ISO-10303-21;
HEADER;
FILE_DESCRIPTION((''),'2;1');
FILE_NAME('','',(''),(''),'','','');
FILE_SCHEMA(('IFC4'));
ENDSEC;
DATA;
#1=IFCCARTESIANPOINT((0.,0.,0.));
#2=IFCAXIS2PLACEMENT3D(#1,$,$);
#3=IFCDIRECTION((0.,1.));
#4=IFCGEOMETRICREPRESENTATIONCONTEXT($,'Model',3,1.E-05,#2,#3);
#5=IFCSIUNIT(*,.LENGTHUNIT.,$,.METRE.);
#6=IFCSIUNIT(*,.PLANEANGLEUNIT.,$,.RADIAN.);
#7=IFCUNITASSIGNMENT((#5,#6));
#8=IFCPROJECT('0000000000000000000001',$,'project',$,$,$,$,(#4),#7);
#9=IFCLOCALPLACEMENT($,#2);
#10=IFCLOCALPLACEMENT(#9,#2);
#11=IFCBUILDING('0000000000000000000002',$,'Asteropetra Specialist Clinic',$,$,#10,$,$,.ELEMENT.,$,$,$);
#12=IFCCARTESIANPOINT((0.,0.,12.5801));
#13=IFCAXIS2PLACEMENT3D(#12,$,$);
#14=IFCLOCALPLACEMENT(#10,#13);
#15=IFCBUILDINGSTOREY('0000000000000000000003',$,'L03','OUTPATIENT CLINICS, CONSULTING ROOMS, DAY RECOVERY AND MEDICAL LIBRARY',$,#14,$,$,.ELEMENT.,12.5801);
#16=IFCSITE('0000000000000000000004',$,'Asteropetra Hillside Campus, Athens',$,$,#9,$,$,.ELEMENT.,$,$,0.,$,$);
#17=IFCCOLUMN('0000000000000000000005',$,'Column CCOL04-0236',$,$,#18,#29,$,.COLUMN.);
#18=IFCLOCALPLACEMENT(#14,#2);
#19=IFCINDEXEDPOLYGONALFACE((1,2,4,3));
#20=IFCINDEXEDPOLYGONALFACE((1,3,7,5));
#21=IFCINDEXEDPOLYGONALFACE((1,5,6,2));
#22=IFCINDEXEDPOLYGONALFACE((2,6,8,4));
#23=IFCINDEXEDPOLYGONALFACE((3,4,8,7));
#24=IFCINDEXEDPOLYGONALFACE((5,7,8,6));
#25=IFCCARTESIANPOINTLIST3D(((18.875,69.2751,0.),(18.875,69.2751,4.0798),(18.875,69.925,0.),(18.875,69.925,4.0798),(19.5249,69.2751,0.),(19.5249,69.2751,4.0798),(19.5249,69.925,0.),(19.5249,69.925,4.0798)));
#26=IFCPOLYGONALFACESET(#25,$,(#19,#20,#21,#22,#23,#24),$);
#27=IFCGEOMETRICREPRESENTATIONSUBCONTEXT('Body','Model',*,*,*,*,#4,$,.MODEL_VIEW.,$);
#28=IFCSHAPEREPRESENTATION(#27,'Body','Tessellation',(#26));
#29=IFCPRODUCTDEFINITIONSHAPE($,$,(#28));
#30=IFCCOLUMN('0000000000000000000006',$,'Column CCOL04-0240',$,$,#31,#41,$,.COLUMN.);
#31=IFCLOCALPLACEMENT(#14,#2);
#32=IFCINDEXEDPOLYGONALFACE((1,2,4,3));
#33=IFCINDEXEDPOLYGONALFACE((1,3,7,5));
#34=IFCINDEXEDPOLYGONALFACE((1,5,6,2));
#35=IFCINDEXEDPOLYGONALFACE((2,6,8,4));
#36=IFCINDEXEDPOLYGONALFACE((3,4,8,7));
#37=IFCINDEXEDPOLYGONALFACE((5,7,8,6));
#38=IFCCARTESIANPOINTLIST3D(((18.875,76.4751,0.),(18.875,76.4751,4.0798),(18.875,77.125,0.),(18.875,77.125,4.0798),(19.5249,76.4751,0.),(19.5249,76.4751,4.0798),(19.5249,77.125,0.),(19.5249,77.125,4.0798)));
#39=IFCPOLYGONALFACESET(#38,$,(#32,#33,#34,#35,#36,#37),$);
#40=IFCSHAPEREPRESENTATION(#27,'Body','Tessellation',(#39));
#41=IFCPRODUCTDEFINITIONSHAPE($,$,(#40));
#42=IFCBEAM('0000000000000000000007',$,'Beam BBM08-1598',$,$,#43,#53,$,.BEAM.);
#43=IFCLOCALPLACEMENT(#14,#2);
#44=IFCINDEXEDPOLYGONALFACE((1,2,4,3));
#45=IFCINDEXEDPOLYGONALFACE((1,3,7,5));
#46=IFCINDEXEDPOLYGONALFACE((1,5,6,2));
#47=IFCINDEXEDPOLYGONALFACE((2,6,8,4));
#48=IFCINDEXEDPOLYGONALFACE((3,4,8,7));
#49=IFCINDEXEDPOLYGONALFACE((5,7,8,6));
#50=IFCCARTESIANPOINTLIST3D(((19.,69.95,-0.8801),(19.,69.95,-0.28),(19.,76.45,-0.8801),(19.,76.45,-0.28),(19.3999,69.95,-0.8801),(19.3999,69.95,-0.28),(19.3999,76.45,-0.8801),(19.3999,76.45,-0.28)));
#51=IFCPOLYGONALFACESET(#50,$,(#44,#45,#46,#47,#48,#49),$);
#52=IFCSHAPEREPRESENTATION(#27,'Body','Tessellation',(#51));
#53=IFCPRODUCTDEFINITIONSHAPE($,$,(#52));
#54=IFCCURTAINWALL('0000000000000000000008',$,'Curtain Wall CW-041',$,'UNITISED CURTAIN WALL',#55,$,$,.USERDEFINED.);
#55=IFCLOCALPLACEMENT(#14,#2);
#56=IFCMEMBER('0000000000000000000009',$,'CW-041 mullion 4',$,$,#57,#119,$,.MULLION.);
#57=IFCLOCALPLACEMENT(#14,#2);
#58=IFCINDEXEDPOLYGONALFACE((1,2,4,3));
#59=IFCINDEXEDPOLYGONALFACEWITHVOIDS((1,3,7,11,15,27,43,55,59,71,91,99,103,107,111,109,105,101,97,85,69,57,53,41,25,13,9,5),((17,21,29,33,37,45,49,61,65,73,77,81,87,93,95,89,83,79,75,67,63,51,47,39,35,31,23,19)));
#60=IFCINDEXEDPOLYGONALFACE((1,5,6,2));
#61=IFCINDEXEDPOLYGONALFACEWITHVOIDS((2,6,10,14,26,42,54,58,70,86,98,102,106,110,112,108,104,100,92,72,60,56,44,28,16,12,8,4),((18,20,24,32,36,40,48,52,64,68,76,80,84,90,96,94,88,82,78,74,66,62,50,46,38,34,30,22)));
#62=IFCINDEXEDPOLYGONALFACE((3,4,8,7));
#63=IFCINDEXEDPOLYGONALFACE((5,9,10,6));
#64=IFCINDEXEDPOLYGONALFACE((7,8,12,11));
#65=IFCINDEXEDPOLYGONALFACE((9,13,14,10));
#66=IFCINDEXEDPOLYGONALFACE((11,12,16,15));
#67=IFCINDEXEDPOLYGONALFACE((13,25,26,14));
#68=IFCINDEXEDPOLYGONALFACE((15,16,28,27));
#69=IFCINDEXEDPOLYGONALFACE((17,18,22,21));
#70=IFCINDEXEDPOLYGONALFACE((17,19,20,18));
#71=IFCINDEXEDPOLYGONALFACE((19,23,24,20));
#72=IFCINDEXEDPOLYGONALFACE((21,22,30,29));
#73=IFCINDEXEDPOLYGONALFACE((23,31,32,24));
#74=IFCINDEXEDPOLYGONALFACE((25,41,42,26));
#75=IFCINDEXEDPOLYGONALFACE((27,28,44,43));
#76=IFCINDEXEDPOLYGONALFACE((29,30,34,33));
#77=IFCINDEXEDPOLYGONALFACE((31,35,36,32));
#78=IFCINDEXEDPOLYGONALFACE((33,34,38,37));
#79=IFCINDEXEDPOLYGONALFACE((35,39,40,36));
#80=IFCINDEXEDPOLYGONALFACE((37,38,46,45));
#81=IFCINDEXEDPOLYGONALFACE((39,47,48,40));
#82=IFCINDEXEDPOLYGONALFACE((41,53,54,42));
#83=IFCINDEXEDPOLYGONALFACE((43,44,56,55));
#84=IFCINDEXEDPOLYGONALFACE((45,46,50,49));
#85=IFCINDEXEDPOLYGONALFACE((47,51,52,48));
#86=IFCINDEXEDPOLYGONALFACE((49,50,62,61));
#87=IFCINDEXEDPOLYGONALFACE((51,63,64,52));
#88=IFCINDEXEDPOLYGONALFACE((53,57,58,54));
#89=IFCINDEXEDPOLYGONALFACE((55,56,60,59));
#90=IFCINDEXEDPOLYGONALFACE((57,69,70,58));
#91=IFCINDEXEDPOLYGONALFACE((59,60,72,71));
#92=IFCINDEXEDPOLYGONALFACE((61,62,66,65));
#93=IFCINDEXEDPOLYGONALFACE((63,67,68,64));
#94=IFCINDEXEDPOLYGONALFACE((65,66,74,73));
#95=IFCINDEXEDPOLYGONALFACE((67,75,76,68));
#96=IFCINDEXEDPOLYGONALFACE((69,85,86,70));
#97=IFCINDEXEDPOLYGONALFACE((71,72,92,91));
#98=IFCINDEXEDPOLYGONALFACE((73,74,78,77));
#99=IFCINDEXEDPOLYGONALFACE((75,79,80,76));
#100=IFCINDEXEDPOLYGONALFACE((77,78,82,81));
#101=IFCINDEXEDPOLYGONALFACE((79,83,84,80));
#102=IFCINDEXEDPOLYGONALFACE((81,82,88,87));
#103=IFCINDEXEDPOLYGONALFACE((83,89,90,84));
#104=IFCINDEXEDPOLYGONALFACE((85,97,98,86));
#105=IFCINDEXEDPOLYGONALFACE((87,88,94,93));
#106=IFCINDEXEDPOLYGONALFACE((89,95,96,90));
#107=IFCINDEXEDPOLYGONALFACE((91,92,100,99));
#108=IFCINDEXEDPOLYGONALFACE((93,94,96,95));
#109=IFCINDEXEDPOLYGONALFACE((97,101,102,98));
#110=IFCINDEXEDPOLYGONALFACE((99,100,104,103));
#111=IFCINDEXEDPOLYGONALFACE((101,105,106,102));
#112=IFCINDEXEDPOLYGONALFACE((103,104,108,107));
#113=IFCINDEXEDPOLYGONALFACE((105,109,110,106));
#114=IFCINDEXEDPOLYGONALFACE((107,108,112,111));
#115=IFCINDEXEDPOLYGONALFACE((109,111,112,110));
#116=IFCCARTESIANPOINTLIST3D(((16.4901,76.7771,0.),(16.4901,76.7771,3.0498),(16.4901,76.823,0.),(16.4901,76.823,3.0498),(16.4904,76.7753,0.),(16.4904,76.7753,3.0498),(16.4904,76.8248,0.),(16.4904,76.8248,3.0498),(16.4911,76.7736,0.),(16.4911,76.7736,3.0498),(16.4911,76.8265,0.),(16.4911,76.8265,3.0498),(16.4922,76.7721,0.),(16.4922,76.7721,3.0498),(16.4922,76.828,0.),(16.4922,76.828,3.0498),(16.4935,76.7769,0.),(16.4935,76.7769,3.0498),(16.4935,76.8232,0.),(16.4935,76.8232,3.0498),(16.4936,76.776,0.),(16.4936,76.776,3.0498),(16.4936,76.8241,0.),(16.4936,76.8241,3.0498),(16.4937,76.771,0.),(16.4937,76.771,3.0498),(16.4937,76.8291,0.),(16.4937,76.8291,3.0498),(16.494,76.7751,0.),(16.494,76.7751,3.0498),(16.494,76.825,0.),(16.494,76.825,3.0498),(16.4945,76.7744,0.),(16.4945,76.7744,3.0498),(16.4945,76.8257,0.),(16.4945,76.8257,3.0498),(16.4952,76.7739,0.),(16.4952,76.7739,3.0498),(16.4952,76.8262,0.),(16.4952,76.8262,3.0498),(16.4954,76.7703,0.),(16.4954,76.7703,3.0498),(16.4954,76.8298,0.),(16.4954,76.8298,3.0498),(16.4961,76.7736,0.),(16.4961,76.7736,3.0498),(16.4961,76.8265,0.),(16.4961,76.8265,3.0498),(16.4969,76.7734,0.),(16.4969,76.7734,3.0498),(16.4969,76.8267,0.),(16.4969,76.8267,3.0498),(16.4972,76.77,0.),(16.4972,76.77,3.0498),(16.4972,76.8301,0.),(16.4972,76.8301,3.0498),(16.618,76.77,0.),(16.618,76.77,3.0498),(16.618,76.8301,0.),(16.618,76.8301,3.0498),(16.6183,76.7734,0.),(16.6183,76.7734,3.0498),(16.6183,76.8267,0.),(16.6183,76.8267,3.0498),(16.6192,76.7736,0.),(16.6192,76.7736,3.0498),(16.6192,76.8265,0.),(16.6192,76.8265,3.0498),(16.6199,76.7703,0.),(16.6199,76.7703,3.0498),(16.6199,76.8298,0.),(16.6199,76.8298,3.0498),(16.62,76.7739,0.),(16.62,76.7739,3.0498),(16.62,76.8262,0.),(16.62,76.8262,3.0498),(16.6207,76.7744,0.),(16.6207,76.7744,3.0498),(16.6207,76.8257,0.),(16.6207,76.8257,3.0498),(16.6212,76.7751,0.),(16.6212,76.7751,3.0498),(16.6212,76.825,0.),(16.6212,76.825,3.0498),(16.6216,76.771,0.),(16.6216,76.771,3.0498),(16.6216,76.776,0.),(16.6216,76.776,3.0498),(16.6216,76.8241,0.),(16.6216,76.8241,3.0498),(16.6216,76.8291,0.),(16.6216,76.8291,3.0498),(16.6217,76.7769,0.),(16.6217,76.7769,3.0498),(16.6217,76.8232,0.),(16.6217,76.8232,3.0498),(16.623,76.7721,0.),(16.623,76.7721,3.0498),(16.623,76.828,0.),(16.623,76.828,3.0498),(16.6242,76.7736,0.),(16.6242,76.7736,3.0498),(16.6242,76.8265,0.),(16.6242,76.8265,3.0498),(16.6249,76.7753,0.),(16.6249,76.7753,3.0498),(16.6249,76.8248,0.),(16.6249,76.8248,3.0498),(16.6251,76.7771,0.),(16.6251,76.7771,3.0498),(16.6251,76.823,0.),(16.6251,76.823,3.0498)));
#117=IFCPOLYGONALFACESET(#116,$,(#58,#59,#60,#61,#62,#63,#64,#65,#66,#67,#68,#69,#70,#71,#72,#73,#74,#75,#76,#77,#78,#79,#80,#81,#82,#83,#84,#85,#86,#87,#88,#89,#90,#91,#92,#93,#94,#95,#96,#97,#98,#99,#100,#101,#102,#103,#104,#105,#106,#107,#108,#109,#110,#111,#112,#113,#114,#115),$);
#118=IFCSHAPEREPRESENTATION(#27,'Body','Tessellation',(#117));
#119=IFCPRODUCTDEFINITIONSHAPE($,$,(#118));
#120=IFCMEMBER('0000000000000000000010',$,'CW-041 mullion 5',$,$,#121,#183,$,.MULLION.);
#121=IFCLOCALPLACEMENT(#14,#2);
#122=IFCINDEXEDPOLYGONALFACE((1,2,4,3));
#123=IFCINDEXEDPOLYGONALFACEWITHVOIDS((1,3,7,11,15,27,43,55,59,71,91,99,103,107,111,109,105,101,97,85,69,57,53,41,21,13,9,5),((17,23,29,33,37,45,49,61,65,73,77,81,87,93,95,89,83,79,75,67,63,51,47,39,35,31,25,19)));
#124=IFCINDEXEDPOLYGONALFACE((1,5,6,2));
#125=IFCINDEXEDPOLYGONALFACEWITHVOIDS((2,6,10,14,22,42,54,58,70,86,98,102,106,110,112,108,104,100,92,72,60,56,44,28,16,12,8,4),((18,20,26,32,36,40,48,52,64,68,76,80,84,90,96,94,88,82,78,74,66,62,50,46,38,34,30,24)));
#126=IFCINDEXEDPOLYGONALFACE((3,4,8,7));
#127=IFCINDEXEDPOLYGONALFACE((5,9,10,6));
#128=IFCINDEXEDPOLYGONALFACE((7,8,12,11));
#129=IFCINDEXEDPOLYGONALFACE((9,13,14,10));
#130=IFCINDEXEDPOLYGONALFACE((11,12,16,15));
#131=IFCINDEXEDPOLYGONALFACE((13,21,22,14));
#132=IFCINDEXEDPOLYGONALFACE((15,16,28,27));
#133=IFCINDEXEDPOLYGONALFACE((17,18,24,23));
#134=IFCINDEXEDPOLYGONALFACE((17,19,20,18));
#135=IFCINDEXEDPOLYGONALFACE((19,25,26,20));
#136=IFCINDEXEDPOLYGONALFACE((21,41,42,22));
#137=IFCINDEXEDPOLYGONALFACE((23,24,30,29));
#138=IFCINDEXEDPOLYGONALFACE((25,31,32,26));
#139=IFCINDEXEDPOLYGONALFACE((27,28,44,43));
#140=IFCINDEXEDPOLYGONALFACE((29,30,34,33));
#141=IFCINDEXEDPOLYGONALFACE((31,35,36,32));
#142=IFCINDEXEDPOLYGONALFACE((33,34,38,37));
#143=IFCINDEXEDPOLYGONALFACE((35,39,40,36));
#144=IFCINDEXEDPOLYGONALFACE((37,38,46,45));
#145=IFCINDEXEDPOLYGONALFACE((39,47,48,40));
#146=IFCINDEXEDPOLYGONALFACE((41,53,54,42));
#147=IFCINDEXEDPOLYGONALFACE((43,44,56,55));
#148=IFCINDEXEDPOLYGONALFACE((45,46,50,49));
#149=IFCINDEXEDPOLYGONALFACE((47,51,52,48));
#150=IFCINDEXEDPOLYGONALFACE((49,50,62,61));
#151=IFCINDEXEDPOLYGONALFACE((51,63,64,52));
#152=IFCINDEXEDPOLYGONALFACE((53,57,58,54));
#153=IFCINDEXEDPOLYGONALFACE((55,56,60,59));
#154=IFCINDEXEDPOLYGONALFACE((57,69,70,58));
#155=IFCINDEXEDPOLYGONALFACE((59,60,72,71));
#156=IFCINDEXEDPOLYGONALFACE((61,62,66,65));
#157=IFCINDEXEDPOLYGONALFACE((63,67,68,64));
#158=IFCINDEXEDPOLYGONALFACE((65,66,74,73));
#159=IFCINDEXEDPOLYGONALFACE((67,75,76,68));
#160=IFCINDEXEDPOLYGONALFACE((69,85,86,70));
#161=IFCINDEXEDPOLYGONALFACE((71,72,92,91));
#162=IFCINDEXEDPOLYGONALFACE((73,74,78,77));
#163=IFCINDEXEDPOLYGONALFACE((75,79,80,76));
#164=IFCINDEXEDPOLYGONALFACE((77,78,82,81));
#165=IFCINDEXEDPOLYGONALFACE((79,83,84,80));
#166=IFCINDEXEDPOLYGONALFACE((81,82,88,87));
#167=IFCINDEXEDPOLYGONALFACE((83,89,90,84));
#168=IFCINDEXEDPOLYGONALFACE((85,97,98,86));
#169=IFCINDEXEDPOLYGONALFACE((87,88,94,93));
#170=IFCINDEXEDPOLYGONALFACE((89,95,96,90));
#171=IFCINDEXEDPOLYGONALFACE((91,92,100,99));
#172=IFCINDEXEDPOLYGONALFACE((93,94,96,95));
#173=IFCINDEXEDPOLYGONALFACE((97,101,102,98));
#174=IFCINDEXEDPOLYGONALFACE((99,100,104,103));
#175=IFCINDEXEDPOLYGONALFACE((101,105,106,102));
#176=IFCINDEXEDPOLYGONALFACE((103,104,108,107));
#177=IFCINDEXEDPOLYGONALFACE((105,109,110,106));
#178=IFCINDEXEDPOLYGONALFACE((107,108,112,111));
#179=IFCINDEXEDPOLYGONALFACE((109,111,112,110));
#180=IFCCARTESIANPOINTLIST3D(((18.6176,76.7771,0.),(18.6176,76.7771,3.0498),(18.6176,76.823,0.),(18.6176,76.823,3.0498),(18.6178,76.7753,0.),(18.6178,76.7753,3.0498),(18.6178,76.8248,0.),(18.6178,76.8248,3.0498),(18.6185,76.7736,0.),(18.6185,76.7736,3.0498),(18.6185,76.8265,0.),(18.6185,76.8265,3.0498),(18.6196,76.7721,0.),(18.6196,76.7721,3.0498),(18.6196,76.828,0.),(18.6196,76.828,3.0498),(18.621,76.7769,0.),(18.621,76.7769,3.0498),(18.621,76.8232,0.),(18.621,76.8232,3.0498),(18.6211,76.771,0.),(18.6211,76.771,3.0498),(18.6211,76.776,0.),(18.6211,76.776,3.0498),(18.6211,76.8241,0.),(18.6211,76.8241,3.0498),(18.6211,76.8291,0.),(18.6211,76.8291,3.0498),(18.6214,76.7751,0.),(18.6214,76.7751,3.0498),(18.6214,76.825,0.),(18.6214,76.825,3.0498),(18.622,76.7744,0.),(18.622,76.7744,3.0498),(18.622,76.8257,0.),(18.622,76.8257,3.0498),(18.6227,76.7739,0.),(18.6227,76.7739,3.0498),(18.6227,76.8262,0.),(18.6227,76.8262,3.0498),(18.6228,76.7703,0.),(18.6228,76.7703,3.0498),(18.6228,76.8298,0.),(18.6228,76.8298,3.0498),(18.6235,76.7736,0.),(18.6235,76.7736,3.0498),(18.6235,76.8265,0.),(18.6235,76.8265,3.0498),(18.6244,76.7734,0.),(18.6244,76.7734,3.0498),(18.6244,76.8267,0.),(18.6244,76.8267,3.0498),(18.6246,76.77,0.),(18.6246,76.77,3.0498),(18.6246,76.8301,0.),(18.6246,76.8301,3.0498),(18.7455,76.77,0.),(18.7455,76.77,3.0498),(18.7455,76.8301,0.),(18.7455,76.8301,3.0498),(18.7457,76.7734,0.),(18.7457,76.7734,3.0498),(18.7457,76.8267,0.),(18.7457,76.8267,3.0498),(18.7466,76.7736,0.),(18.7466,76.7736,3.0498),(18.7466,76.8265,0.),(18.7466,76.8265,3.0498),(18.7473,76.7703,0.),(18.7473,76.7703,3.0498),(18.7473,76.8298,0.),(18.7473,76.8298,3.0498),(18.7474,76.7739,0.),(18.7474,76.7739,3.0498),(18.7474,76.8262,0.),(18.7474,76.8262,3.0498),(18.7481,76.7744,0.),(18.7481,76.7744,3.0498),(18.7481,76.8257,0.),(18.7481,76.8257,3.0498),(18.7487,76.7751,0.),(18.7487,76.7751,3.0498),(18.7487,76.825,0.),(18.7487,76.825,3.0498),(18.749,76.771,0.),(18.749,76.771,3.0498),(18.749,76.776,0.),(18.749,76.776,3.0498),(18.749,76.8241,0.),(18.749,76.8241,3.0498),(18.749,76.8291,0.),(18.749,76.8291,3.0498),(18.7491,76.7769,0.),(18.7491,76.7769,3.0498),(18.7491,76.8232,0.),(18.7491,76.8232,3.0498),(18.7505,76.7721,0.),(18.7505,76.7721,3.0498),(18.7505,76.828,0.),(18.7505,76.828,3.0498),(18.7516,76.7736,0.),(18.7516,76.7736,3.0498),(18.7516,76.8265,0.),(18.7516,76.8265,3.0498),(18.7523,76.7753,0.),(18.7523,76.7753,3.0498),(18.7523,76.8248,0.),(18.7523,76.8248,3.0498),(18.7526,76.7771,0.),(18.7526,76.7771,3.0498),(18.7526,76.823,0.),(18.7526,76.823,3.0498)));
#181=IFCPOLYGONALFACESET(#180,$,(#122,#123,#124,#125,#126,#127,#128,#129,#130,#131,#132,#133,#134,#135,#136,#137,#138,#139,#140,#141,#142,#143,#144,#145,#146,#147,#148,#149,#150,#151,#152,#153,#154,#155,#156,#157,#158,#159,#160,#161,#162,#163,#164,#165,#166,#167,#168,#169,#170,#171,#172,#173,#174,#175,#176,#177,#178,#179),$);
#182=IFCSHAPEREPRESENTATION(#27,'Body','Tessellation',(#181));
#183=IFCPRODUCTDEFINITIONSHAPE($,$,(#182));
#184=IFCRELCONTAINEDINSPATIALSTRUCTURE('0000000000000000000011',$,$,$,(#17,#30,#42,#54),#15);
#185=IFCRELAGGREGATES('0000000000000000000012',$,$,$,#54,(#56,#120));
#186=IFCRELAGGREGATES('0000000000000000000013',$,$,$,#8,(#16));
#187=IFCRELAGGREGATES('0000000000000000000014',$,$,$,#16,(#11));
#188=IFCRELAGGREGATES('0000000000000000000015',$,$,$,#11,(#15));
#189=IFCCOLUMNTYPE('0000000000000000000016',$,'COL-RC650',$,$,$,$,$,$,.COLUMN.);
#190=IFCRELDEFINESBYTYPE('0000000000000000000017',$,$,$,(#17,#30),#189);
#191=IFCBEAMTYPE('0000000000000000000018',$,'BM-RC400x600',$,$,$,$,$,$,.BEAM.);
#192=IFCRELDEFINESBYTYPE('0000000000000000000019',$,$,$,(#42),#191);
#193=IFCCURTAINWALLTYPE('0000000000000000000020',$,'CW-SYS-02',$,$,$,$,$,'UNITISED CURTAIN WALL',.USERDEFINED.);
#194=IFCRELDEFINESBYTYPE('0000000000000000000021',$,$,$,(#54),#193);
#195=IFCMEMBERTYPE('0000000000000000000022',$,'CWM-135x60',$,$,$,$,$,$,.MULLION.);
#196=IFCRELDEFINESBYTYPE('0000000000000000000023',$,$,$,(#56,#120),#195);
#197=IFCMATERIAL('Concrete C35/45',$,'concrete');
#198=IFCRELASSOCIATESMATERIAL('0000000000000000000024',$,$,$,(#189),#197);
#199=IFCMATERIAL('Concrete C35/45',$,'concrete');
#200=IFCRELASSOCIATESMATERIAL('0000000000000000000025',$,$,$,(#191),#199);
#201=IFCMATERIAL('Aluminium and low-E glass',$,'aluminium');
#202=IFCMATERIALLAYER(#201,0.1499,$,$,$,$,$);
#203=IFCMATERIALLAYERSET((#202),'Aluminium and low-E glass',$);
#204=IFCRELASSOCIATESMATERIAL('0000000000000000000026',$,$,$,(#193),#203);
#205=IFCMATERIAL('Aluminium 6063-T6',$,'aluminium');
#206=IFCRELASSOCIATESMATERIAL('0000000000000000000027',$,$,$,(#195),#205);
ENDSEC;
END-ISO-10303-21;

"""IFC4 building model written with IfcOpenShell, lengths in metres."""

from ifc_helpers import new_model, si_unit, direction, frame, origin, origin_2d, place, context, subcontext, project, spatial, rectangle, hollow_rectangle, extrude, material, layer, layer_set, material_profile, profile_set, type_object, element, aggregate, save


model = new_model("IFC4")

# Units and contexts
model_context = context("Model", 3, precision=1e-05, world=origin(), true_north=direction((0.0, 1.0)))
body_context = subcontext(model_context, "Body", "Model", "MODEL_VIEW")
ifc_project = project(units=[si_unit("LENGTHUNIT", "METRE"), si_unit("PLANEANGLEUNIT", "RADIAN")], contexts=[model_context])

# Site, building, storey
site_placement = place(None, origin())
site = spatial("IfcSite", under=ifc_project, at=site_placement, Name="Asteropetra Hillside Campus, Athens", CompositionType="ELEMENT", RefElevation=0.0)
building_placement = place(site_placement, origin())
building = spatial("IfcBuilding", under=site, at=building_placement, Name="Asteropetra Specialist Clinic", CompositionType="ELEMENT")
storey_placement = place(building_placement, frame((0.0, 0.0, 12.5801)))
storey = spatial("IfcBuildingStorey", under=building, at=storey_placement, Name="L03", Description="OUTPATIENT CLINICS, CONSULTING ROOMS, DAY RECOVERY AND MEDICAL LIBRARY", CompositionType="ELEMENT", Elevation=12.5801)

# Columns
ifc_material_1 = material(Name="Concrete C35/45", Category="concrete")
ifc_material_profile_1 = material_profile(ifc_material_1, rectangle(XDim=0.6499, YDim=0.6499, at=origin_2d()), Name="RC 650x650")
ifc_profile_set_1 = profile_set([ifc_material_profile_1], Name="Concrete C35/45")
column_type = type_object("IfcColumnType", Name="COL-RC650", PredefinedType="COLUMN", material=ifc_profile_set_1)
for number, where, z_axis, x_axis, name in (
    (1, (19.2, 69.6001, 0.0), (0.0, 0.0, 1.0), (1.0, 0.0, 0.0), "Column CCOL04-0236"),
    (2, (19.2, 76.8, 0.0), (0.0, 0.0, 1.0), (1.0, 0.0, 0.0), "Column CCOL04-0240"),
):
    element("IfcColumn", number, at=place(storey_placement, frame(where, z_axis=z_axis, x_axis=x_axis)), inside=storey, type_object=column_type, Name=name, PredefinedType="COLUMN", context=body_context, shape_type="SweptSolid", body=[
        extrude(rectangle(XDim=0.6499, YDim=0.6499, at=origin_2d()), origin(), (0.0, 0.0, 1.0), 4.0798),
    ])

# Beam
ifc_material_2 = material(Name="Concrete C35/45", Category="concrete")
ifc_material_profile_2 = material_profile(ifc_material_2, rectangle(XDim=0.3999, YDim=0.6001, at=origin_2d()), Name="RCB 400x600")
ifc_profile_set_2 = profile_set([ifc_material_profile_2], Name="Concrete C35/45")
beam_type_1 = type_object("IfcBeamType", Name="BM-RC400x600", PredefinedType="BEAM", material=ifc_profile_set_2)
beam_1_placement = place(storey_placement, frame((19.2, 69.95, -0.5801), z_axis=(0.0, 1.0, 0.0), x_axis=(-1.0, 0.0, 0.0)))
element("IfcBeam", 3, at=beam_1_placement, inside=storey, type_object=beam_type_1, Name="Beam BBM08-1598", PredefinedType="BEAM", context=body_context, shape_type="SweptSolid", body=[
    extrude(rectangle(XDim=0.3999, YDim=0.6001, at=origin_2d()), origin(), (0.0, 0.0, 1.0), 6.5),
])

# Curtain wall, members
ifc_material_3 = material(Name="Aluminium and low-E glass", Category="aluminium")
ifc_layer_1 = layer(ifc_material_3, 0.1499)
ifc_layer_set_1 = layer_set([ifc_layer_1], Name="Aluminium and low-E glass")
curtain_wall_type_1 = type_object("IfcCurtainWallType", Name="CW-SYS-02", ElementType="UNITISED CURTAIN WALL", PredefinedType="USERDEFINED", material=ifc_layer_set_1)
curtain_wall_1_placement = place(storey_placement, origin())
curtain_wall_1 = element("IfcCurtainWall", 4, at=curtain_wall_1_placement, inside=storey, type_object=curtain_wall_type_1, Name="Curtain Wall CW-041", ObjectType="UNITISED CURTAIN WALL", PredefinedType="USERDEFINED")
ifc_material_4 = material(Name="Aluminium 6063-T6", Category="aluminium")
ifc_material_profile_3 = material_profile(ifc_material_4, hollow_rectangle(XDim=0.0601, YDim=0.135, WallThickness=0.0034, InnerFilletRadius=0.0034, OuterFilletRadius=0.0071, at=origin_2d()), Name="MUL 135x60x3.5")
ifc_profile_set_3 = profile_set([ifc_material_profile_3], Name="Aluminium 6063-T6")
member_type_1 = type_object("IfcMemberType", Name="CWM-135x60", PredefinedType="MULLION", material=ifc_profile_set_3)
member_1_placement = place(storey_placement, frame((16.5576, 76.8, 0.0), z_axis=(0.0, 0.0, 1.0), x_axis=(0.0, 1.0, 0.0)))
member_1 = element("IfcMember", 5, at=member_1_placement, type_object=member_type_1, Name="CW-041 mullion 4", PredefinedType="MULLION", context=body_context, shape_type="SweptSolid", body=[
    extrude(hollow_rectangle(XDim=0.0601, YDim=0.135, WallThickness=0.0034, InnerFilletRadius=0.0034, OuterFilletRadius=0.0071, at=origin_2d()), origin(), (0.0, 0.0, 1.0), 3.0498),
])
member_2_placement = place(storey_placement, frame((18.6851, 76.8, 0.0), z_axis=(0.0, 0.0, 1.0), x_axis=(0.0, 1.0, 0.0)))
member_2 = element("IfcMember", 6, at=member_2_placement, type_object=member_type_1, Name="CW-041 mullion 5", PredefinedType="MULLION", context=body_context, shape_type="SweptSolid", body=[
    extrude(hollow_rectangle(XDim=0.0601, YDim=0.135, WallThickness=0.0034, InnerFilletRadius=0.0034, OuterFilletRadius=0.0071, at=origin_2d()), origin(), (0.0, 0.0, 1.0), 3.0498),
])

aggregate(curtain_wall_1, [member_1, member_2])

save(model, "model.ifc")
